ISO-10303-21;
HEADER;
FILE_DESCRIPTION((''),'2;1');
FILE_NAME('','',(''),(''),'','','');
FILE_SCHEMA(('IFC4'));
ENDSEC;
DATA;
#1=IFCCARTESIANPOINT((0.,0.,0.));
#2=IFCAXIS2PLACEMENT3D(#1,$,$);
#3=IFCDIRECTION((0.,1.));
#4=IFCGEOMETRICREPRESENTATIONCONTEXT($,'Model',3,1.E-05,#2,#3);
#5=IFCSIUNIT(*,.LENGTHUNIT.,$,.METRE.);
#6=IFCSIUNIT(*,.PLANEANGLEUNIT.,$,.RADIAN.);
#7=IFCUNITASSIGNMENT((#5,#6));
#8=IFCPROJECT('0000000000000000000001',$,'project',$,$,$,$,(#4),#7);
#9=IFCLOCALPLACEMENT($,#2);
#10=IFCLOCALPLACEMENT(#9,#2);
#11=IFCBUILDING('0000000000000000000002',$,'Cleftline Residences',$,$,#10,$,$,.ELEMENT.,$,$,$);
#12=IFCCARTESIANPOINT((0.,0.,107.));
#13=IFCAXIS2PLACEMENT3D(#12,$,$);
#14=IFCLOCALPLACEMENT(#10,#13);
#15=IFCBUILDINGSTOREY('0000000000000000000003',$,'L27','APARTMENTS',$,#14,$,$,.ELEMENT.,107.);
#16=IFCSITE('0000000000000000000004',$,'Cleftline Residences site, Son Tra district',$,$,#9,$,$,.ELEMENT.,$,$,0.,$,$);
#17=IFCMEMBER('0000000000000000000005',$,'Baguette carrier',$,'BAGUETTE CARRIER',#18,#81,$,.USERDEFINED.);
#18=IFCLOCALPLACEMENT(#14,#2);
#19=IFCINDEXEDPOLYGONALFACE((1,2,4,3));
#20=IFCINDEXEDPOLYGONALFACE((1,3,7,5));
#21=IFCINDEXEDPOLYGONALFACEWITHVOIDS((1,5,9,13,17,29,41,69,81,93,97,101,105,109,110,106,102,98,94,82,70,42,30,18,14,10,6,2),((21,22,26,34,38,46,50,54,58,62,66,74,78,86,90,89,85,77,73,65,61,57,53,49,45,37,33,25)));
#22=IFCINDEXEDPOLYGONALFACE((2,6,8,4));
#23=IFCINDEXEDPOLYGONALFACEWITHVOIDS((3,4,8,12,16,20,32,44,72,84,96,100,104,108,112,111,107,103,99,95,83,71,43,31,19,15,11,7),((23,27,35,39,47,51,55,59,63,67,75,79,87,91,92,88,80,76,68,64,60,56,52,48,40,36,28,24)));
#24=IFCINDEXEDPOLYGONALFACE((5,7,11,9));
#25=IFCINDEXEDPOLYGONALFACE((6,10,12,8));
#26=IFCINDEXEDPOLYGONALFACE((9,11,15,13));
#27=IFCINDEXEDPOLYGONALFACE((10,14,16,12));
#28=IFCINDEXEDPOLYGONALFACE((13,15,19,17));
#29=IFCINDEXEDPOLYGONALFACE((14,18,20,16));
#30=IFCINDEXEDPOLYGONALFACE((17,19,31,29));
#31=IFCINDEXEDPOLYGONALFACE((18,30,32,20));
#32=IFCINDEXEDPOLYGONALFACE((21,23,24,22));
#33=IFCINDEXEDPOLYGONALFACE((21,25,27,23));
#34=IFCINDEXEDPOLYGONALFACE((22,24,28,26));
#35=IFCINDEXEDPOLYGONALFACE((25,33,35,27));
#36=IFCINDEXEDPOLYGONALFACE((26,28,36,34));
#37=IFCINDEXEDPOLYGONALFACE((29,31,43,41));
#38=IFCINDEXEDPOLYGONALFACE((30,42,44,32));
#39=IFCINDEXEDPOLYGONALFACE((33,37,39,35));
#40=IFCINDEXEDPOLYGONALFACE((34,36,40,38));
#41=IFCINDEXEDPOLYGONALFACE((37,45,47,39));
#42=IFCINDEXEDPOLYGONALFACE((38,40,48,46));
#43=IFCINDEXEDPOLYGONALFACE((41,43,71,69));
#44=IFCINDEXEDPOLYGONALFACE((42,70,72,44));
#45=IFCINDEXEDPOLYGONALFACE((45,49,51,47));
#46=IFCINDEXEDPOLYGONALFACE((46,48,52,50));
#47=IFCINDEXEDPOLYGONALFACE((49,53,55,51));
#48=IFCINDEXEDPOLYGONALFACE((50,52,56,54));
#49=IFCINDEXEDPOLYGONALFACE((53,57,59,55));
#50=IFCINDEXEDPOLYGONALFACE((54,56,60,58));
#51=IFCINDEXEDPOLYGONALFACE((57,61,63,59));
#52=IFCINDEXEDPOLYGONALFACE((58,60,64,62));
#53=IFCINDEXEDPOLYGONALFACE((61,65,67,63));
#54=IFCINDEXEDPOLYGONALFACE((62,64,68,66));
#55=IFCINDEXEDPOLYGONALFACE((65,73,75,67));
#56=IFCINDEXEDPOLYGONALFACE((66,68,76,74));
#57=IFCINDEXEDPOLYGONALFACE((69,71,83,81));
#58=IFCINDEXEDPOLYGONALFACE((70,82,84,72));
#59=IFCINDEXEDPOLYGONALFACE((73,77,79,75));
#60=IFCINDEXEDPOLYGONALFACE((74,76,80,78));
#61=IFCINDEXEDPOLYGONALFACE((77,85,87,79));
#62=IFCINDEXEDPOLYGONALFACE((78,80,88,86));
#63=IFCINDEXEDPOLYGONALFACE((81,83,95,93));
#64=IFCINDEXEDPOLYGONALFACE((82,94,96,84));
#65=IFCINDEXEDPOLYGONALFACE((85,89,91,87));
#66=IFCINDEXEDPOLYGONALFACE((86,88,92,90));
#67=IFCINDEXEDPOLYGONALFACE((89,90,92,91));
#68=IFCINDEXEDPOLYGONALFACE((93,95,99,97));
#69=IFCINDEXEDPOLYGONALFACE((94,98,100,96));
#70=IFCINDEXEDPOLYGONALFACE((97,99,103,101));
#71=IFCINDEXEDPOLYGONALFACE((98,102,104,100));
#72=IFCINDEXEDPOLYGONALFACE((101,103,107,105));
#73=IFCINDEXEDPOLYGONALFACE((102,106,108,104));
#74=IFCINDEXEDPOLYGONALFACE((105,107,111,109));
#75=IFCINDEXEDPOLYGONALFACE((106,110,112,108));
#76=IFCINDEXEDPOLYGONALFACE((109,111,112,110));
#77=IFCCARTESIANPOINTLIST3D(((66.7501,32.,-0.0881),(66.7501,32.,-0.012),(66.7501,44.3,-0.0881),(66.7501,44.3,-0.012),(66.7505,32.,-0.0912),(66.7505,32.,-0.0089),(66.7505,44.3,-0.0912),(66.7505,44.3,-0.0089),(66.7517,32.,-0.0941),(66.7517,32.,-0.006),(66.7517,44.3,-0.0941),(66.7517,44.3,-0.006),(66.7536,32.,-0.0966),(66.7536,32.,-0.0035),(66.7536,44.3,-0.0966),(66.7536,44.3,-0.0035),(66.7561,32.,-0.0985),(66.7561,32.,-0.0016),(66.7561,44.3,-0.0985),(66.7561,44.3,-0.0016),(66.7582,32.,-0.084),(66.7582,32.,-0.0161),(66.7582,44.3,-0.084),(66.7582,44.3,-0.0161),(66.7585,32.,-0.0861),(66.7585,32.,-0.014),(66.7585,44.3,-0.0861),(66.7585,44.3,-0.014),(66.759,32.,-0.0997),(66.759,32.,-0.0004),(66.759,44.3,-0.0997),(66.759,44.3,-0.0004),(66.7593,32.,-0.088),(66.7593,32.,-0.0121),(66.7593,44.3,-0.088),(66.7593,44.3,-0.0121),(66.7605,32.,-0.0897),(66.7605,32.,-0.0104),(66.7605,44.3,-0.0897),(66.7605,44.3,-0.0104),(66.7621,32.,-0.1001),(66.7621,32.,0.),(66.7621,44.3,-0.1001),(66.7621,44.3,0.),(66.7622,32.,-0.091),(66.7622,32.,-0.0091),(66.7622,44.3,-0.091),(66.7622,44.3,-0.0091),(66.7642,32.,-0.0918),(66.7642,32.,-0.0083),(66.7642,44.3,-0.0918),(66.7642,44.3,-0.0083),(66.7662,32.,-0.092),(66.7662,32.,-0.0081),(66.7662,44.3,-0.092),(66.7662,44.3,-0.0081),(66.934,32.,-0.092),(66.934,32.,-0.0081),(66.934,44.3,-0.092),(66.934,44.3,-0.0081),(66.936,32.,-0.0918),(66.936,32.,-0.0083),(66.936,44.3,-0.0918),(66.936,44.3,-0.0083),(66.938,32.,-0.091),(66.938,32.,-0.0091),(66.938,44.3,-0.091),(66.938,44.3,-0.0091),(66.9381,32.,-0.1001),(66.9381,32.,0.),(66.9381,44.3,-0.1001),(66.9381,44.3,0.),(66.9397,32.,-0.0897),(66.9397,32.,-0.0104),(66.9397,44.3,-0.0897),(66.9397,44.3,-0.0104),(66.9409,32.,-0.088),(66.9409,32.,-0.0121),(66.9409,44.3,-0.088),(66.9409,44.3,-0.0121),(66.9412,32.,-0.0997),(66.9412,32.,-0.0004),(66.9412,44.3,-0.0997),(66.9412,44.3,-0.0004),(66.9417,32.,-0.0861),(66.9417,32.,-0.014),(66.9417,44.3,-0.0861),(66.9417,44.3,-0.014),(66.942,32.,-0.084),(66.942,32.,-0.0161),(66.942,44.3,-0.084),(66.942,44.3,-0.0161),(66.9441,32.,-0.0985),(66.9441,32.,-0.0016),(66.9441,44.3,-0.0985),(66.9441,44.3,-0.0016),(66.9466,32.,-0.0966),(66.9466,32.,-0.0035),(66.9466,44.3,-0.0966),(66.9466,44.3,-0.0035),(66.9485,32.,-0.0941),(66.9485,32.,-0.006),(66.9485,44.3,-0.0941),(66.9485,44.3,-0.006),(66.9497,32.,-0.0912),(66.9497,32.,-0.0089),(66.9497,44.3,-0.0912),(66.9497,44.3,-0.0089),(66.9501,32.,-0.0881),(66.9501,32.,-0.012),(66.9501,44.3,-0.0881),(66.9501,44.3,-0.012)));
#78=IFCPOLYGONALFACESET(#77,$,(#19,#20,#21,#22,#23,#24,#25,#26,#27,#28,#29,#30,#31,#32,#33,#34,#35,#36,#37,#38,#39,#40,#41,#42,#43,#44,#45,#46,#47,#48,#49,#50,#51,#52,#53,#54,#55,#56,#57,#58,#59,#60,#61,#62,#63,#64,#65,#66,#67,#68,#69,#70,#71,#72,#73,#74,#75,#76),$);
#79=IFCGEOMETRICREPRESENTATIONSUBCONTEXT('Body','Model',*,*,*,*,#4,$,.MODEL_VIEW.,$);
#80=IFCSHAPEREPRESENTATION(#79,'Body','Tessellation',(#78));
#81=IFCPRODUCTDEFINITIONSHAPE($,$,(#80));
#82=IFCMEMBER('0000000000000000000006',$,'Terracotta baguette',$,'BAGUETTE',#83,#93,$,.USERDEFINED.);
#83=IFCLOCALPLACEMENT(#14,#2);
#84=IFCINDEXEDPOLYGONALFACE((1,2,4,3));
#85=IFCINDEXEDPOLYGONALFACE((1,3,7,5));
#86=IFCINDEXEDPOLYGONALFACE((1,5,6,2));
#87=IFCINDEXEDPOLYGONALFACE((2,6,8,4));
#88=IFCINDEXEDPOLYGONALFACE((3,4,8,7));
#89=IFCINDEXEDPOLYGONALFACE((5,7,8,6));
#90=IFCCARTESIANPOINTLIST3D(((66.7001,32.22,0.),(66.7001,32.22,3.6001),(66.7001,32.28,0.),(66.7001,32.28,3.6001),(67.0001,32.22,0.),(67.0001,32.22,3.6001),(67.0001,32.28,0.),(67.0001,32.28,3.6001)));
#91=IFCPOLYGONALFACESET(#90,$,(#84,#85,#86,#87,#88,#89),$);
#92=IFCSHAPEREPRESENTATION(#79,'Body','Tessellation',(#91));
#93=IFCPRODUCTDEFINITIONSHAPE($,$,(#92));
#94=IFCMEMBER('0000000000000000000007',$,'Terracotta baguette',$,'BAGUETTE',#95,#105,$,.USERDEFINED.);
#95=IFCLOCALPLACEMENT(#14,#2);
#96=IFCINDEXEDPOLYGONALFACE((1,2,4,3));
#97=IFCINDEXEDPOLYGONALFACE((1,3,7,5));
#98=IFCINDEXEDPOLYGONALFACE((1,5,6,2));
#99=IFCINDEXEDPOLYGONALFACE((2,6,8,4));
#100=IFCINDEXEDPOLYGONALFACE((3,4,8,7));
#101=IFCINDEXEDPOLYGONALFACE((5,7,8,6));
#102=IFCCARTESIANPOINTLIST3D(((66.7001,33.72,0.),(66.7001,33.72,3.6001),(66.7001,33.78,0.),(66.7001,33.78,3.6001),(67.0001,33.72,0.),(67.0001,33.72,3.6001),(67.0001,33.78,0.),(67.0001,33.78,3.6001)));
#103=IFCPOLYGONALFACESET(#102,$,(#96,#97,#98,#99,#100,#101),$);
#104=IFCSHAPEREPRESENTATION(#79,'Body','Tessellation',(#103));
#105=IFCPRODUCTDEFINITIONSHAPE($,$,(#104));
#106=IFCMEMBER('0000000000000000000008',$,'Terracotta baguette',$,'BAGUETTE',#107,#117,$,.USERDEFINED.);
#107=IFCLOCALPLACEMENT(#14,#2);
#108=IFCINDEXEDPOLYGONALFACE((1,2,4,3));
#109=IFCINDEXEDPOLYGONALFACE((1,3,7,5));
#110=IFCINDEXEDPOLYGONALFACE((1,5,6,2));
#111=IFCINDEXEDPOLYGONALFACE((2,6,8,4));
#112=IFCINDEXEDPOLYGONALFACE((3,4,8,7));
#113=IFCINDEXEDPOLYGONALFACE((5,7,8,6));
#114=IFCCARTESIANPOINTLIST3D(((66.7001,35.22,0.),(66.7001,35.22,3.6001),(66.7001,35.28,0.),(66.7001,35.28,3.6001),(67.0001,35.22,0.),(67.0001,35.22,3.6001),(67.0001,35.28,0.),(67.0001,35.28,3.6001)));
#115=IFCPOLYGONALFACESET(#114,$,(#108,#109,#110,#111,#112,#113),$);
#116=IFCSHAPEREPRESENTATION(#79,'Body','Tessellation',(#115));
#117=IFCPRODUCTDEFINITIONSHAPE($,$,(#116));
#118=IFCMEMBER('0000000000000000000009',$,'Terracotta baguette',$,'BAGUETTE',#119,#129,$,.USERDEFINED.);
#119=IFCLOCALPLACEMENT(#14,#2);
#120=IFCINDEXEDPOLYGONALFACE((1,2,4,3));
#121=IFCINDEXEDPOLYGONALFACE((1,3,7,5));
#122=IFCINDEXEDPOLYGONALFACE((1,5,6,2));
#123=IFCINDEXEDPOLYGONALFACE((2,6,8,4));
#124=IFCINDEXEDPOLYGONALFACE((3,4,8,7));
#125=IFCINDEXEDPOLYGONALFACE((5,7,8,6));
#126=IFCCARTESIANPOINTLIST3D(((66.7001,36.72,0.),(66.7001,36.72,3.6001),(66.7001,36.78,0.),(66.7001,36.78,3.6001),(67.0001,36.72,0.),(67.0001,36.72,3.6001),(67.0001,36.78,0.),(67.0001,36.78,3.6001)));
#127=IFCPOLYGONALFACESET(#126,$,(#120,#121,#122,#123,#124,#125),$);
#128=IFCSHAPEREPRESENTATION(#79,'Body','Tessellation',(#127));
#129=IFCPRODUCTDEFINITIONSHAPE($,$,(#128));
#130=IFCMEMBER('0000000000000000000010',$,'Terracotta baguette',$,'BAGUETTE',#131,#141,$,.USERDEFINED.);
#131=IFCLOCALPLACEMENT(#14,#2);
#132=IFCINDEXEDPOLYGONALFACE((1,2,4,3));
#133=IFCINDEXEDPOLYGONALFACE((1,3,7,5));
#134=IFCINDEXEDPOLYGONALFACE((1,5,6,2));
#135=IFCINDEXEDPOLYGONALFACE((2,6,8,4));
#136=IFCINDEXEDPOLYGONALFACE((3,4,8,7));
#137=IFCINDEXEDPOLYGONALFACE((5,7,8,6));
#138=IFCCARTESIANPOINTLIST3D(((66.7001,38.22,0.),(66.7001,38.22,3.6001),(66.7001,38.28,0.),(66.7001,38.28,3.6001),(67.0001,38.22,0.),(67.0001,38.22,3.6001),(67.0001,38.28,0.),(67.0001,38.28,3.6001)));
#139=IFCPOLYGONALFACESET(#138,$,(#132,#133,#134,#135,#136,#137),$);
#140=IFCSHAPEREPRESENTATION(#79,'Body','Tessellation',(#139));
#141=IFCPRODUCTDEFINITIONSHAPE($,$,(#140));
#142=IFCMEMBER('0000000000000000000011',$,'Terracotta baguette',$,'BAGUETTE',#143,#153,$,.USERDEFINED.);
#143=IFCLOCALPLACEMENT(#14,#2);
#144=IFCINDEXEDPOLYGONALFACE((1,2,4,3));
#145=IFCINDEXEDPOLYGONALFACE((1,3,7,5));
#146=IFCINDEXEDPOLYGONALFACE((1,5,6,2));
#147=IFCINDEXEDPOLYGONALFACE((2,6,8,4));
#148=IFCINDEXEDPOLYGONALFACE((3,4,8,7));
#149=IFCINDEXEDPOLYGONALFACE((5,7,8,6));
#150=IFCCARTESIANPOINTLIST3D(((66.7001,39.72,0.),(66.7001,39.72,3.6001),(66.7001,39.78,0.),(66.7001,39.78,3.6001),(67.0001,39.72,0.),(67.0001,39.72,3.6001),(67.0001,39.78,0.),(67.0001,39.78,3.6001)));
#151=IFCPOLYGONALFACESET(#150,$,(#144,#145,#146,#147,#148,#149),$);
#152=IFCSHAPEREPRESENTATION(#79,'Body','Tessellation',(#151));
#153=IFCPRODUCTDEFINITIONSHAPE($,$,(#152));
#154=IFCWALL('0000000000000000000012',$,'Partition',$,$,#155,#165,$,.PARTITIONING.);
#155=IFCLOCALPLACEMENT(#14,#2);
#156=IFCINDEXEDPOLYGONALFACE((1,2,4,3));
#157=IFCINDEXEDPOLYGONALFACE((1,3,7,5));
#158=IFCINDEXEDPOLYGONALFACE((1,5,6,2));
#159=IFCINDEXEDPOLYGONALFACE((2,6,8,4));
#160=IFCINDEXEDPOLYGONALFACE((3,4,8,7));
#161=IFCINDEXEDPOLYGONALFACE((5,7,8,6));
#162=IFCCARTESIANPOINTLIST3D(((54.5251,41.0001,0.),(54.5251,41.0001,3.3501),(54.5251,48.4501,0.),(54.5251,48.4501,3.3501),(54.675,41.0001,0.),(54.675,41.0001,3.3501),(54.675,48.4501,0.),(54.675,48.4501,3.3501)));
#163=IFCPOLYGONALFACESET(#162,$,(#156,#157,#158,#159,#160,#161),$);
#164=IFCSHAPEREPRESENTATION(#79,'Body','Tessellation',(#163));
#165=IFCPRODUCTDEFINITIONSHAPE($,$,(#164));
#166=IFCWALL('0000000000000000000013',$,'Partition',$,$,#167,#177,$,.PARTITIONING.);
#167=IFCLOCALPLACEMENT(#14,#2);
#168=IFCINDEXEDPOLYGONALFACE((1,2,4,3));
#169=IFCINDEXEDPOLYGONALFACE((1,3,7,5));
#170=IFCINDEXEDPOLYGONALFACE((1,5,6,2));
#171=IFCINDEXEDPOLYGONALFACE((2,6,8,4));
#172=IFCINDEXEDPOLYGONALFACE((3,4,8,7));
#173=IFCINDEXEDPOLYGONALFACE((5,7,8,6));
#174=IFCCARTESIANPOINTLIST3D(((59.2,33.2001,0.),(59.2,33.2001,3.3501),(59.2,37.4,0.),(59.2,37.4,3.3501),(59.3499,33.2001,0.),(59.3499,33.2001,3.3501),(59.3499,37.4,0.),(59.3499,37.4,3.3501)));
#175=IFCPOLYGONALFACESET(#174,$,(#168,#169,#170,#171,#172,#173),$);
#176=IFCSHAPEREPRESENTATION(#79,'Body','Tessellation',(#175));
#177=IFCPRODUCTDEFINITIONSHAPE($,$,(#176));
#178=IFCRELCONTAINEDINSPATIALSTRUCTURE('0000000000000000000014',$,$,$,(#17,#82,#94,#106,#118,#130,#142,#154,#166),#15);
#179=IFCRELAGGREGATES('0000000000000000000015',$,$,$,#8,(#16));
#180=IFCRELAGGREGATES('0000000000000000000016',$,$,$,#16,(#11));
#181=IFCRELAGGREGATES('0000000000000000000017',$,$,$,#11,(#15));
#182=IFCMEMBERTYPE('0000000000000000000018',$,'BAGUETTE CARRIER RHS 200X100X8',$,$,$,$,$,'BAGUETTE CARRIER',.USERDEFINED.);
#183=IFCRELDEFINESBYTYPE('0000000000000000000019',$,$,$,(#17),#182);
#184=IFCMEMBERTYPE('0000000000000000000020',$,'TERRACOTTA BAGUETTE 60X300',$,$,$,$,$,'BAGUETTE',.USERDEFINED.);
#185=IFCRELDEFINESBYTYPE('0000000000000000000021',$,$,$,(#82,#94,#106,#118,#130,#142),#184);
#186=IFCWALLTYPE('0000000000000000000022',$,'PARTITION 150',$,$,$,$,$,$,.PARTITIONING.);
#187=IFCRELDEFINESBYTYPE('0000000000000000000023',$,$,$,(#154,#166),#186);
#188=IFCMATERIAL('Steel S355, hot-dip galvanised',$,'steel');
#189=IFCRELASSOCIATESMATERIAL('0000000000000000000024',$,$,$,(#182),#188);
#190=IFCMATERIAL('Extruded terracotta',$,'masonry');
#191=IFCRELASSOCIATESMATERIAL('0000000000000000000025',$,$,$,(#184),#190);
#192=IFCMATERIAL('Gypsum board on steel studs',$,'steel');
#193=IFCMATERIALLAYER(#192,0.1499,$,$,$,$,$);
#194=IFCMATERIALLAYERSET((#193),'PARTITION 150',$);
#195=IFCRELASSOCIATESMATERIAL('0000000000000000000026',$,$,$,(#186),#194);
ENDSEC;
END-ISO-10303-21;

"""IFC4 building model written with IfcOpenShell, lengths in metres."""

from ifc_helpers import new_model, si_unit, direction, frame, frame_2d, origin, origin_2d, place, context, subcontext, project, spatial, rectangle, hollow_rectangle, extrude, material, layer, layer_set, material_profile, profile_set, type_object, element, save


model = new_model("IFC4")

# Units and contexts
model_context = context("Model", 3, precision=1e-05, world=origin(), true_north=direction((0.0, 1.0)))
body_context = subcontext(model_context, "Body", "Model", "MODEL_VIEW")
ifc_project = project(units=[si_unit("LENGTHUNIT", "METRE"), si_unit("PLANEANGLEUNIT", "RADIAN")], contexts=[model_context])

# Site, building, storey
site_placement = place(None, origin())
site = spatial("IfcSite", under=ifc_project, at=site_placement, Name="Cleftline Residences site, Son Tra district", CompositionType="ELEMENT", RefElevation=0.0)
building_placement = place(site_placement, origin())
building = spatial("IfcBuilding", under=site, at=building_placement, Name="Cleftline Residences", CompositionType="ELEMENT")
storey_placement = place(building_placement, frame((0.0, 0.0, 107.0)))
storey = spatial("IfcBuildingStorey", under=building, at=storey_placement, Name="L27", Description="APARTMENTS", CompositionType="ELEMENT", Elevation=107.0)

# Members
ifc_material_1 = material(Name="Steel S355, hot-dip galvanised", Category="steel")
ifc_material_profile_1 = material_profile(ifc_material_1, hollow_rectangle(XDim=0.1001, YDim=0.2, WallThickness=0.0081, InnerFilletRadius=0.0081, OuterFilletRadius=0.012, at=origin_2d()))
ifc_profile_set_1 = profile_set([ifc_material_profile_1], Name="Steel S355, hot-dip galvanised")
member_type_1 = type_object("IfcMemberType", Name="BAGUETTE CARRIER RHS 200X100X8", ElementType="BAGUETTE CARRIER", PredefinedType="USERDEFINED", material=ifc_profile_set_1)
member_placement = place(storey_placement, frame((66.8501, 32.0, -0.05), z_axis=(0.0, 1.0, 0.0), x_axis=(0.0, 0.0, 1.0)))
element("IfcMember", 1, at=member_placement, inside=storey, type_object=member_type_1, Name="Baguette carrier", ObjectType="BAGUETTE CARRIER", PredefinedType="USERDEFINED", context=body_context, shape_type="SweptSolid", body=[
    extrude(hollow_rectangle(XDim=0.1001, YDim=0.2, WallThickness=0.0081, InnerFilletRadius=0.0081, OuterFilletRadius=0.012, at=origin_2d()), origin(), (0.0, 0.0, 1.0), 12.3),
])
ifc_material_2 = material(Name="Extruded terracotta", Category="masonry")
ifc_material_profile_2 = material_profile(ifc_material_2, rectangle(XDim=0.0601, YDim=0.3, at=origin_2d()))
ifc_profile_set_2 = profile_set([ifc_material_profile_2], Name="Extruded terracotta")
member_type_2 = type_object("IfcMemberType", Name="TERRACOTTA BAGUETTE 60X300", ElementType="BAGUETTE", PredefinedType="USERDEFINED", material=ifc_profile_set_2)
for number, where, z_axis, x_axis, name in (
    (2, (66.8501, 32.25, 0.0), (0.0, 0.0, 1.0), (0.0, 1.0, 0.0), "Terracotta baguette"),
    (3, (66.8501, 33.75, 0.0), (0.0, 0.0, 1.0), (0.0, 1.0, 0.0), "Terracotta baguette"),
    (4, (66.8501, 35.25, 0.0), (0.0, 0.0, 1.0), (0.0, 1.0, 0.0), "Terracotta baguette"),
    (5, (66.8501, 36.75, 0.0), (0.0, 0.0, 1.0), (0.0, 1.0, 0.0), "Terracotta baguette"),
    (6, (66.8501, 38.25, 0.0), (0.0, 0.0, 1.0), (0.0, 1.0, 0.0), "Terracotta baguette"),
    (7, (66.8501, 39.75, 0.0), (0.0, 0.0, 1.0), (0.0, 1.0, 0.0), "Terracotta baguette"),
):
    element("IfcMember", number, at=place(storey_placement, frame(where, z_axis=z_axis, x_axis=x_axis)), inside=storey, type_object=member_type_2, Name=name, ObjectType="BAGUETTE", PredefinedType="USERDEFINED", context=body_context, shape_type="SweptSolid", body=[
        extrude(rectangle(XDim=0.0601, YDim=0.3, at=origin_2d()), origin(), (0.0, 0.0, 1.0), 3.6001),
    ])

# Walls
ifc_material_3 = material(Name="Gypsum board on steel studs", Category="steel")
ifc_layer = layer(ifc_material_3, 0.1499)
ifc_layer_set = layer_set([ifc_layer], Name="PARTITION 150")
wall_type = type_object("IfcWallType", Name="PARTITION 150", PredefinedType="PARTITIONING", material=ifc_layer_set)
wall_1_placement = place(storey_placement, frame((54.6001, 41.0, 0.0), z_axis=(0.0, 0.0, 1.0), x_axis=(0.0, 1.0, 0.0)))
element("IfcWall", 8, at=wall_1_placement, inside=storey, type_object=wall_type, Name="Partition", PredefinedType="PARTITIONING", context=body_context, shape_type="SweptSolid", body=[
    extrude(rectangle(XDim=7.45, YDim=0.1499, at=frame_2d((3.7251, 0.0))), origin(), (0.0, 0.0, 1.0), 3.3501),
])
wall_2_placement = place(storey_placement, frame((59.2749, 33.2, 0.0), z_axis=(0.0, 0.0, 1.0), x_axis=(0.0, 1.0, 0.0)))
element("IfcWall", 9, at=wall_2_placement, inside=storey, type_object=wall_type, Name="Partition", PredefinedType="PARTITIONING", context=body_context, shape_type="SweptSolid", body=[
    extrude(rectangle(XDim=4.2, YDim=0.1499, at=frame_2d((2.1001, 0.0))), origin(), (0.0, 0.0, 1.0), 3.3501),
])

save(model, "model.ifc")
